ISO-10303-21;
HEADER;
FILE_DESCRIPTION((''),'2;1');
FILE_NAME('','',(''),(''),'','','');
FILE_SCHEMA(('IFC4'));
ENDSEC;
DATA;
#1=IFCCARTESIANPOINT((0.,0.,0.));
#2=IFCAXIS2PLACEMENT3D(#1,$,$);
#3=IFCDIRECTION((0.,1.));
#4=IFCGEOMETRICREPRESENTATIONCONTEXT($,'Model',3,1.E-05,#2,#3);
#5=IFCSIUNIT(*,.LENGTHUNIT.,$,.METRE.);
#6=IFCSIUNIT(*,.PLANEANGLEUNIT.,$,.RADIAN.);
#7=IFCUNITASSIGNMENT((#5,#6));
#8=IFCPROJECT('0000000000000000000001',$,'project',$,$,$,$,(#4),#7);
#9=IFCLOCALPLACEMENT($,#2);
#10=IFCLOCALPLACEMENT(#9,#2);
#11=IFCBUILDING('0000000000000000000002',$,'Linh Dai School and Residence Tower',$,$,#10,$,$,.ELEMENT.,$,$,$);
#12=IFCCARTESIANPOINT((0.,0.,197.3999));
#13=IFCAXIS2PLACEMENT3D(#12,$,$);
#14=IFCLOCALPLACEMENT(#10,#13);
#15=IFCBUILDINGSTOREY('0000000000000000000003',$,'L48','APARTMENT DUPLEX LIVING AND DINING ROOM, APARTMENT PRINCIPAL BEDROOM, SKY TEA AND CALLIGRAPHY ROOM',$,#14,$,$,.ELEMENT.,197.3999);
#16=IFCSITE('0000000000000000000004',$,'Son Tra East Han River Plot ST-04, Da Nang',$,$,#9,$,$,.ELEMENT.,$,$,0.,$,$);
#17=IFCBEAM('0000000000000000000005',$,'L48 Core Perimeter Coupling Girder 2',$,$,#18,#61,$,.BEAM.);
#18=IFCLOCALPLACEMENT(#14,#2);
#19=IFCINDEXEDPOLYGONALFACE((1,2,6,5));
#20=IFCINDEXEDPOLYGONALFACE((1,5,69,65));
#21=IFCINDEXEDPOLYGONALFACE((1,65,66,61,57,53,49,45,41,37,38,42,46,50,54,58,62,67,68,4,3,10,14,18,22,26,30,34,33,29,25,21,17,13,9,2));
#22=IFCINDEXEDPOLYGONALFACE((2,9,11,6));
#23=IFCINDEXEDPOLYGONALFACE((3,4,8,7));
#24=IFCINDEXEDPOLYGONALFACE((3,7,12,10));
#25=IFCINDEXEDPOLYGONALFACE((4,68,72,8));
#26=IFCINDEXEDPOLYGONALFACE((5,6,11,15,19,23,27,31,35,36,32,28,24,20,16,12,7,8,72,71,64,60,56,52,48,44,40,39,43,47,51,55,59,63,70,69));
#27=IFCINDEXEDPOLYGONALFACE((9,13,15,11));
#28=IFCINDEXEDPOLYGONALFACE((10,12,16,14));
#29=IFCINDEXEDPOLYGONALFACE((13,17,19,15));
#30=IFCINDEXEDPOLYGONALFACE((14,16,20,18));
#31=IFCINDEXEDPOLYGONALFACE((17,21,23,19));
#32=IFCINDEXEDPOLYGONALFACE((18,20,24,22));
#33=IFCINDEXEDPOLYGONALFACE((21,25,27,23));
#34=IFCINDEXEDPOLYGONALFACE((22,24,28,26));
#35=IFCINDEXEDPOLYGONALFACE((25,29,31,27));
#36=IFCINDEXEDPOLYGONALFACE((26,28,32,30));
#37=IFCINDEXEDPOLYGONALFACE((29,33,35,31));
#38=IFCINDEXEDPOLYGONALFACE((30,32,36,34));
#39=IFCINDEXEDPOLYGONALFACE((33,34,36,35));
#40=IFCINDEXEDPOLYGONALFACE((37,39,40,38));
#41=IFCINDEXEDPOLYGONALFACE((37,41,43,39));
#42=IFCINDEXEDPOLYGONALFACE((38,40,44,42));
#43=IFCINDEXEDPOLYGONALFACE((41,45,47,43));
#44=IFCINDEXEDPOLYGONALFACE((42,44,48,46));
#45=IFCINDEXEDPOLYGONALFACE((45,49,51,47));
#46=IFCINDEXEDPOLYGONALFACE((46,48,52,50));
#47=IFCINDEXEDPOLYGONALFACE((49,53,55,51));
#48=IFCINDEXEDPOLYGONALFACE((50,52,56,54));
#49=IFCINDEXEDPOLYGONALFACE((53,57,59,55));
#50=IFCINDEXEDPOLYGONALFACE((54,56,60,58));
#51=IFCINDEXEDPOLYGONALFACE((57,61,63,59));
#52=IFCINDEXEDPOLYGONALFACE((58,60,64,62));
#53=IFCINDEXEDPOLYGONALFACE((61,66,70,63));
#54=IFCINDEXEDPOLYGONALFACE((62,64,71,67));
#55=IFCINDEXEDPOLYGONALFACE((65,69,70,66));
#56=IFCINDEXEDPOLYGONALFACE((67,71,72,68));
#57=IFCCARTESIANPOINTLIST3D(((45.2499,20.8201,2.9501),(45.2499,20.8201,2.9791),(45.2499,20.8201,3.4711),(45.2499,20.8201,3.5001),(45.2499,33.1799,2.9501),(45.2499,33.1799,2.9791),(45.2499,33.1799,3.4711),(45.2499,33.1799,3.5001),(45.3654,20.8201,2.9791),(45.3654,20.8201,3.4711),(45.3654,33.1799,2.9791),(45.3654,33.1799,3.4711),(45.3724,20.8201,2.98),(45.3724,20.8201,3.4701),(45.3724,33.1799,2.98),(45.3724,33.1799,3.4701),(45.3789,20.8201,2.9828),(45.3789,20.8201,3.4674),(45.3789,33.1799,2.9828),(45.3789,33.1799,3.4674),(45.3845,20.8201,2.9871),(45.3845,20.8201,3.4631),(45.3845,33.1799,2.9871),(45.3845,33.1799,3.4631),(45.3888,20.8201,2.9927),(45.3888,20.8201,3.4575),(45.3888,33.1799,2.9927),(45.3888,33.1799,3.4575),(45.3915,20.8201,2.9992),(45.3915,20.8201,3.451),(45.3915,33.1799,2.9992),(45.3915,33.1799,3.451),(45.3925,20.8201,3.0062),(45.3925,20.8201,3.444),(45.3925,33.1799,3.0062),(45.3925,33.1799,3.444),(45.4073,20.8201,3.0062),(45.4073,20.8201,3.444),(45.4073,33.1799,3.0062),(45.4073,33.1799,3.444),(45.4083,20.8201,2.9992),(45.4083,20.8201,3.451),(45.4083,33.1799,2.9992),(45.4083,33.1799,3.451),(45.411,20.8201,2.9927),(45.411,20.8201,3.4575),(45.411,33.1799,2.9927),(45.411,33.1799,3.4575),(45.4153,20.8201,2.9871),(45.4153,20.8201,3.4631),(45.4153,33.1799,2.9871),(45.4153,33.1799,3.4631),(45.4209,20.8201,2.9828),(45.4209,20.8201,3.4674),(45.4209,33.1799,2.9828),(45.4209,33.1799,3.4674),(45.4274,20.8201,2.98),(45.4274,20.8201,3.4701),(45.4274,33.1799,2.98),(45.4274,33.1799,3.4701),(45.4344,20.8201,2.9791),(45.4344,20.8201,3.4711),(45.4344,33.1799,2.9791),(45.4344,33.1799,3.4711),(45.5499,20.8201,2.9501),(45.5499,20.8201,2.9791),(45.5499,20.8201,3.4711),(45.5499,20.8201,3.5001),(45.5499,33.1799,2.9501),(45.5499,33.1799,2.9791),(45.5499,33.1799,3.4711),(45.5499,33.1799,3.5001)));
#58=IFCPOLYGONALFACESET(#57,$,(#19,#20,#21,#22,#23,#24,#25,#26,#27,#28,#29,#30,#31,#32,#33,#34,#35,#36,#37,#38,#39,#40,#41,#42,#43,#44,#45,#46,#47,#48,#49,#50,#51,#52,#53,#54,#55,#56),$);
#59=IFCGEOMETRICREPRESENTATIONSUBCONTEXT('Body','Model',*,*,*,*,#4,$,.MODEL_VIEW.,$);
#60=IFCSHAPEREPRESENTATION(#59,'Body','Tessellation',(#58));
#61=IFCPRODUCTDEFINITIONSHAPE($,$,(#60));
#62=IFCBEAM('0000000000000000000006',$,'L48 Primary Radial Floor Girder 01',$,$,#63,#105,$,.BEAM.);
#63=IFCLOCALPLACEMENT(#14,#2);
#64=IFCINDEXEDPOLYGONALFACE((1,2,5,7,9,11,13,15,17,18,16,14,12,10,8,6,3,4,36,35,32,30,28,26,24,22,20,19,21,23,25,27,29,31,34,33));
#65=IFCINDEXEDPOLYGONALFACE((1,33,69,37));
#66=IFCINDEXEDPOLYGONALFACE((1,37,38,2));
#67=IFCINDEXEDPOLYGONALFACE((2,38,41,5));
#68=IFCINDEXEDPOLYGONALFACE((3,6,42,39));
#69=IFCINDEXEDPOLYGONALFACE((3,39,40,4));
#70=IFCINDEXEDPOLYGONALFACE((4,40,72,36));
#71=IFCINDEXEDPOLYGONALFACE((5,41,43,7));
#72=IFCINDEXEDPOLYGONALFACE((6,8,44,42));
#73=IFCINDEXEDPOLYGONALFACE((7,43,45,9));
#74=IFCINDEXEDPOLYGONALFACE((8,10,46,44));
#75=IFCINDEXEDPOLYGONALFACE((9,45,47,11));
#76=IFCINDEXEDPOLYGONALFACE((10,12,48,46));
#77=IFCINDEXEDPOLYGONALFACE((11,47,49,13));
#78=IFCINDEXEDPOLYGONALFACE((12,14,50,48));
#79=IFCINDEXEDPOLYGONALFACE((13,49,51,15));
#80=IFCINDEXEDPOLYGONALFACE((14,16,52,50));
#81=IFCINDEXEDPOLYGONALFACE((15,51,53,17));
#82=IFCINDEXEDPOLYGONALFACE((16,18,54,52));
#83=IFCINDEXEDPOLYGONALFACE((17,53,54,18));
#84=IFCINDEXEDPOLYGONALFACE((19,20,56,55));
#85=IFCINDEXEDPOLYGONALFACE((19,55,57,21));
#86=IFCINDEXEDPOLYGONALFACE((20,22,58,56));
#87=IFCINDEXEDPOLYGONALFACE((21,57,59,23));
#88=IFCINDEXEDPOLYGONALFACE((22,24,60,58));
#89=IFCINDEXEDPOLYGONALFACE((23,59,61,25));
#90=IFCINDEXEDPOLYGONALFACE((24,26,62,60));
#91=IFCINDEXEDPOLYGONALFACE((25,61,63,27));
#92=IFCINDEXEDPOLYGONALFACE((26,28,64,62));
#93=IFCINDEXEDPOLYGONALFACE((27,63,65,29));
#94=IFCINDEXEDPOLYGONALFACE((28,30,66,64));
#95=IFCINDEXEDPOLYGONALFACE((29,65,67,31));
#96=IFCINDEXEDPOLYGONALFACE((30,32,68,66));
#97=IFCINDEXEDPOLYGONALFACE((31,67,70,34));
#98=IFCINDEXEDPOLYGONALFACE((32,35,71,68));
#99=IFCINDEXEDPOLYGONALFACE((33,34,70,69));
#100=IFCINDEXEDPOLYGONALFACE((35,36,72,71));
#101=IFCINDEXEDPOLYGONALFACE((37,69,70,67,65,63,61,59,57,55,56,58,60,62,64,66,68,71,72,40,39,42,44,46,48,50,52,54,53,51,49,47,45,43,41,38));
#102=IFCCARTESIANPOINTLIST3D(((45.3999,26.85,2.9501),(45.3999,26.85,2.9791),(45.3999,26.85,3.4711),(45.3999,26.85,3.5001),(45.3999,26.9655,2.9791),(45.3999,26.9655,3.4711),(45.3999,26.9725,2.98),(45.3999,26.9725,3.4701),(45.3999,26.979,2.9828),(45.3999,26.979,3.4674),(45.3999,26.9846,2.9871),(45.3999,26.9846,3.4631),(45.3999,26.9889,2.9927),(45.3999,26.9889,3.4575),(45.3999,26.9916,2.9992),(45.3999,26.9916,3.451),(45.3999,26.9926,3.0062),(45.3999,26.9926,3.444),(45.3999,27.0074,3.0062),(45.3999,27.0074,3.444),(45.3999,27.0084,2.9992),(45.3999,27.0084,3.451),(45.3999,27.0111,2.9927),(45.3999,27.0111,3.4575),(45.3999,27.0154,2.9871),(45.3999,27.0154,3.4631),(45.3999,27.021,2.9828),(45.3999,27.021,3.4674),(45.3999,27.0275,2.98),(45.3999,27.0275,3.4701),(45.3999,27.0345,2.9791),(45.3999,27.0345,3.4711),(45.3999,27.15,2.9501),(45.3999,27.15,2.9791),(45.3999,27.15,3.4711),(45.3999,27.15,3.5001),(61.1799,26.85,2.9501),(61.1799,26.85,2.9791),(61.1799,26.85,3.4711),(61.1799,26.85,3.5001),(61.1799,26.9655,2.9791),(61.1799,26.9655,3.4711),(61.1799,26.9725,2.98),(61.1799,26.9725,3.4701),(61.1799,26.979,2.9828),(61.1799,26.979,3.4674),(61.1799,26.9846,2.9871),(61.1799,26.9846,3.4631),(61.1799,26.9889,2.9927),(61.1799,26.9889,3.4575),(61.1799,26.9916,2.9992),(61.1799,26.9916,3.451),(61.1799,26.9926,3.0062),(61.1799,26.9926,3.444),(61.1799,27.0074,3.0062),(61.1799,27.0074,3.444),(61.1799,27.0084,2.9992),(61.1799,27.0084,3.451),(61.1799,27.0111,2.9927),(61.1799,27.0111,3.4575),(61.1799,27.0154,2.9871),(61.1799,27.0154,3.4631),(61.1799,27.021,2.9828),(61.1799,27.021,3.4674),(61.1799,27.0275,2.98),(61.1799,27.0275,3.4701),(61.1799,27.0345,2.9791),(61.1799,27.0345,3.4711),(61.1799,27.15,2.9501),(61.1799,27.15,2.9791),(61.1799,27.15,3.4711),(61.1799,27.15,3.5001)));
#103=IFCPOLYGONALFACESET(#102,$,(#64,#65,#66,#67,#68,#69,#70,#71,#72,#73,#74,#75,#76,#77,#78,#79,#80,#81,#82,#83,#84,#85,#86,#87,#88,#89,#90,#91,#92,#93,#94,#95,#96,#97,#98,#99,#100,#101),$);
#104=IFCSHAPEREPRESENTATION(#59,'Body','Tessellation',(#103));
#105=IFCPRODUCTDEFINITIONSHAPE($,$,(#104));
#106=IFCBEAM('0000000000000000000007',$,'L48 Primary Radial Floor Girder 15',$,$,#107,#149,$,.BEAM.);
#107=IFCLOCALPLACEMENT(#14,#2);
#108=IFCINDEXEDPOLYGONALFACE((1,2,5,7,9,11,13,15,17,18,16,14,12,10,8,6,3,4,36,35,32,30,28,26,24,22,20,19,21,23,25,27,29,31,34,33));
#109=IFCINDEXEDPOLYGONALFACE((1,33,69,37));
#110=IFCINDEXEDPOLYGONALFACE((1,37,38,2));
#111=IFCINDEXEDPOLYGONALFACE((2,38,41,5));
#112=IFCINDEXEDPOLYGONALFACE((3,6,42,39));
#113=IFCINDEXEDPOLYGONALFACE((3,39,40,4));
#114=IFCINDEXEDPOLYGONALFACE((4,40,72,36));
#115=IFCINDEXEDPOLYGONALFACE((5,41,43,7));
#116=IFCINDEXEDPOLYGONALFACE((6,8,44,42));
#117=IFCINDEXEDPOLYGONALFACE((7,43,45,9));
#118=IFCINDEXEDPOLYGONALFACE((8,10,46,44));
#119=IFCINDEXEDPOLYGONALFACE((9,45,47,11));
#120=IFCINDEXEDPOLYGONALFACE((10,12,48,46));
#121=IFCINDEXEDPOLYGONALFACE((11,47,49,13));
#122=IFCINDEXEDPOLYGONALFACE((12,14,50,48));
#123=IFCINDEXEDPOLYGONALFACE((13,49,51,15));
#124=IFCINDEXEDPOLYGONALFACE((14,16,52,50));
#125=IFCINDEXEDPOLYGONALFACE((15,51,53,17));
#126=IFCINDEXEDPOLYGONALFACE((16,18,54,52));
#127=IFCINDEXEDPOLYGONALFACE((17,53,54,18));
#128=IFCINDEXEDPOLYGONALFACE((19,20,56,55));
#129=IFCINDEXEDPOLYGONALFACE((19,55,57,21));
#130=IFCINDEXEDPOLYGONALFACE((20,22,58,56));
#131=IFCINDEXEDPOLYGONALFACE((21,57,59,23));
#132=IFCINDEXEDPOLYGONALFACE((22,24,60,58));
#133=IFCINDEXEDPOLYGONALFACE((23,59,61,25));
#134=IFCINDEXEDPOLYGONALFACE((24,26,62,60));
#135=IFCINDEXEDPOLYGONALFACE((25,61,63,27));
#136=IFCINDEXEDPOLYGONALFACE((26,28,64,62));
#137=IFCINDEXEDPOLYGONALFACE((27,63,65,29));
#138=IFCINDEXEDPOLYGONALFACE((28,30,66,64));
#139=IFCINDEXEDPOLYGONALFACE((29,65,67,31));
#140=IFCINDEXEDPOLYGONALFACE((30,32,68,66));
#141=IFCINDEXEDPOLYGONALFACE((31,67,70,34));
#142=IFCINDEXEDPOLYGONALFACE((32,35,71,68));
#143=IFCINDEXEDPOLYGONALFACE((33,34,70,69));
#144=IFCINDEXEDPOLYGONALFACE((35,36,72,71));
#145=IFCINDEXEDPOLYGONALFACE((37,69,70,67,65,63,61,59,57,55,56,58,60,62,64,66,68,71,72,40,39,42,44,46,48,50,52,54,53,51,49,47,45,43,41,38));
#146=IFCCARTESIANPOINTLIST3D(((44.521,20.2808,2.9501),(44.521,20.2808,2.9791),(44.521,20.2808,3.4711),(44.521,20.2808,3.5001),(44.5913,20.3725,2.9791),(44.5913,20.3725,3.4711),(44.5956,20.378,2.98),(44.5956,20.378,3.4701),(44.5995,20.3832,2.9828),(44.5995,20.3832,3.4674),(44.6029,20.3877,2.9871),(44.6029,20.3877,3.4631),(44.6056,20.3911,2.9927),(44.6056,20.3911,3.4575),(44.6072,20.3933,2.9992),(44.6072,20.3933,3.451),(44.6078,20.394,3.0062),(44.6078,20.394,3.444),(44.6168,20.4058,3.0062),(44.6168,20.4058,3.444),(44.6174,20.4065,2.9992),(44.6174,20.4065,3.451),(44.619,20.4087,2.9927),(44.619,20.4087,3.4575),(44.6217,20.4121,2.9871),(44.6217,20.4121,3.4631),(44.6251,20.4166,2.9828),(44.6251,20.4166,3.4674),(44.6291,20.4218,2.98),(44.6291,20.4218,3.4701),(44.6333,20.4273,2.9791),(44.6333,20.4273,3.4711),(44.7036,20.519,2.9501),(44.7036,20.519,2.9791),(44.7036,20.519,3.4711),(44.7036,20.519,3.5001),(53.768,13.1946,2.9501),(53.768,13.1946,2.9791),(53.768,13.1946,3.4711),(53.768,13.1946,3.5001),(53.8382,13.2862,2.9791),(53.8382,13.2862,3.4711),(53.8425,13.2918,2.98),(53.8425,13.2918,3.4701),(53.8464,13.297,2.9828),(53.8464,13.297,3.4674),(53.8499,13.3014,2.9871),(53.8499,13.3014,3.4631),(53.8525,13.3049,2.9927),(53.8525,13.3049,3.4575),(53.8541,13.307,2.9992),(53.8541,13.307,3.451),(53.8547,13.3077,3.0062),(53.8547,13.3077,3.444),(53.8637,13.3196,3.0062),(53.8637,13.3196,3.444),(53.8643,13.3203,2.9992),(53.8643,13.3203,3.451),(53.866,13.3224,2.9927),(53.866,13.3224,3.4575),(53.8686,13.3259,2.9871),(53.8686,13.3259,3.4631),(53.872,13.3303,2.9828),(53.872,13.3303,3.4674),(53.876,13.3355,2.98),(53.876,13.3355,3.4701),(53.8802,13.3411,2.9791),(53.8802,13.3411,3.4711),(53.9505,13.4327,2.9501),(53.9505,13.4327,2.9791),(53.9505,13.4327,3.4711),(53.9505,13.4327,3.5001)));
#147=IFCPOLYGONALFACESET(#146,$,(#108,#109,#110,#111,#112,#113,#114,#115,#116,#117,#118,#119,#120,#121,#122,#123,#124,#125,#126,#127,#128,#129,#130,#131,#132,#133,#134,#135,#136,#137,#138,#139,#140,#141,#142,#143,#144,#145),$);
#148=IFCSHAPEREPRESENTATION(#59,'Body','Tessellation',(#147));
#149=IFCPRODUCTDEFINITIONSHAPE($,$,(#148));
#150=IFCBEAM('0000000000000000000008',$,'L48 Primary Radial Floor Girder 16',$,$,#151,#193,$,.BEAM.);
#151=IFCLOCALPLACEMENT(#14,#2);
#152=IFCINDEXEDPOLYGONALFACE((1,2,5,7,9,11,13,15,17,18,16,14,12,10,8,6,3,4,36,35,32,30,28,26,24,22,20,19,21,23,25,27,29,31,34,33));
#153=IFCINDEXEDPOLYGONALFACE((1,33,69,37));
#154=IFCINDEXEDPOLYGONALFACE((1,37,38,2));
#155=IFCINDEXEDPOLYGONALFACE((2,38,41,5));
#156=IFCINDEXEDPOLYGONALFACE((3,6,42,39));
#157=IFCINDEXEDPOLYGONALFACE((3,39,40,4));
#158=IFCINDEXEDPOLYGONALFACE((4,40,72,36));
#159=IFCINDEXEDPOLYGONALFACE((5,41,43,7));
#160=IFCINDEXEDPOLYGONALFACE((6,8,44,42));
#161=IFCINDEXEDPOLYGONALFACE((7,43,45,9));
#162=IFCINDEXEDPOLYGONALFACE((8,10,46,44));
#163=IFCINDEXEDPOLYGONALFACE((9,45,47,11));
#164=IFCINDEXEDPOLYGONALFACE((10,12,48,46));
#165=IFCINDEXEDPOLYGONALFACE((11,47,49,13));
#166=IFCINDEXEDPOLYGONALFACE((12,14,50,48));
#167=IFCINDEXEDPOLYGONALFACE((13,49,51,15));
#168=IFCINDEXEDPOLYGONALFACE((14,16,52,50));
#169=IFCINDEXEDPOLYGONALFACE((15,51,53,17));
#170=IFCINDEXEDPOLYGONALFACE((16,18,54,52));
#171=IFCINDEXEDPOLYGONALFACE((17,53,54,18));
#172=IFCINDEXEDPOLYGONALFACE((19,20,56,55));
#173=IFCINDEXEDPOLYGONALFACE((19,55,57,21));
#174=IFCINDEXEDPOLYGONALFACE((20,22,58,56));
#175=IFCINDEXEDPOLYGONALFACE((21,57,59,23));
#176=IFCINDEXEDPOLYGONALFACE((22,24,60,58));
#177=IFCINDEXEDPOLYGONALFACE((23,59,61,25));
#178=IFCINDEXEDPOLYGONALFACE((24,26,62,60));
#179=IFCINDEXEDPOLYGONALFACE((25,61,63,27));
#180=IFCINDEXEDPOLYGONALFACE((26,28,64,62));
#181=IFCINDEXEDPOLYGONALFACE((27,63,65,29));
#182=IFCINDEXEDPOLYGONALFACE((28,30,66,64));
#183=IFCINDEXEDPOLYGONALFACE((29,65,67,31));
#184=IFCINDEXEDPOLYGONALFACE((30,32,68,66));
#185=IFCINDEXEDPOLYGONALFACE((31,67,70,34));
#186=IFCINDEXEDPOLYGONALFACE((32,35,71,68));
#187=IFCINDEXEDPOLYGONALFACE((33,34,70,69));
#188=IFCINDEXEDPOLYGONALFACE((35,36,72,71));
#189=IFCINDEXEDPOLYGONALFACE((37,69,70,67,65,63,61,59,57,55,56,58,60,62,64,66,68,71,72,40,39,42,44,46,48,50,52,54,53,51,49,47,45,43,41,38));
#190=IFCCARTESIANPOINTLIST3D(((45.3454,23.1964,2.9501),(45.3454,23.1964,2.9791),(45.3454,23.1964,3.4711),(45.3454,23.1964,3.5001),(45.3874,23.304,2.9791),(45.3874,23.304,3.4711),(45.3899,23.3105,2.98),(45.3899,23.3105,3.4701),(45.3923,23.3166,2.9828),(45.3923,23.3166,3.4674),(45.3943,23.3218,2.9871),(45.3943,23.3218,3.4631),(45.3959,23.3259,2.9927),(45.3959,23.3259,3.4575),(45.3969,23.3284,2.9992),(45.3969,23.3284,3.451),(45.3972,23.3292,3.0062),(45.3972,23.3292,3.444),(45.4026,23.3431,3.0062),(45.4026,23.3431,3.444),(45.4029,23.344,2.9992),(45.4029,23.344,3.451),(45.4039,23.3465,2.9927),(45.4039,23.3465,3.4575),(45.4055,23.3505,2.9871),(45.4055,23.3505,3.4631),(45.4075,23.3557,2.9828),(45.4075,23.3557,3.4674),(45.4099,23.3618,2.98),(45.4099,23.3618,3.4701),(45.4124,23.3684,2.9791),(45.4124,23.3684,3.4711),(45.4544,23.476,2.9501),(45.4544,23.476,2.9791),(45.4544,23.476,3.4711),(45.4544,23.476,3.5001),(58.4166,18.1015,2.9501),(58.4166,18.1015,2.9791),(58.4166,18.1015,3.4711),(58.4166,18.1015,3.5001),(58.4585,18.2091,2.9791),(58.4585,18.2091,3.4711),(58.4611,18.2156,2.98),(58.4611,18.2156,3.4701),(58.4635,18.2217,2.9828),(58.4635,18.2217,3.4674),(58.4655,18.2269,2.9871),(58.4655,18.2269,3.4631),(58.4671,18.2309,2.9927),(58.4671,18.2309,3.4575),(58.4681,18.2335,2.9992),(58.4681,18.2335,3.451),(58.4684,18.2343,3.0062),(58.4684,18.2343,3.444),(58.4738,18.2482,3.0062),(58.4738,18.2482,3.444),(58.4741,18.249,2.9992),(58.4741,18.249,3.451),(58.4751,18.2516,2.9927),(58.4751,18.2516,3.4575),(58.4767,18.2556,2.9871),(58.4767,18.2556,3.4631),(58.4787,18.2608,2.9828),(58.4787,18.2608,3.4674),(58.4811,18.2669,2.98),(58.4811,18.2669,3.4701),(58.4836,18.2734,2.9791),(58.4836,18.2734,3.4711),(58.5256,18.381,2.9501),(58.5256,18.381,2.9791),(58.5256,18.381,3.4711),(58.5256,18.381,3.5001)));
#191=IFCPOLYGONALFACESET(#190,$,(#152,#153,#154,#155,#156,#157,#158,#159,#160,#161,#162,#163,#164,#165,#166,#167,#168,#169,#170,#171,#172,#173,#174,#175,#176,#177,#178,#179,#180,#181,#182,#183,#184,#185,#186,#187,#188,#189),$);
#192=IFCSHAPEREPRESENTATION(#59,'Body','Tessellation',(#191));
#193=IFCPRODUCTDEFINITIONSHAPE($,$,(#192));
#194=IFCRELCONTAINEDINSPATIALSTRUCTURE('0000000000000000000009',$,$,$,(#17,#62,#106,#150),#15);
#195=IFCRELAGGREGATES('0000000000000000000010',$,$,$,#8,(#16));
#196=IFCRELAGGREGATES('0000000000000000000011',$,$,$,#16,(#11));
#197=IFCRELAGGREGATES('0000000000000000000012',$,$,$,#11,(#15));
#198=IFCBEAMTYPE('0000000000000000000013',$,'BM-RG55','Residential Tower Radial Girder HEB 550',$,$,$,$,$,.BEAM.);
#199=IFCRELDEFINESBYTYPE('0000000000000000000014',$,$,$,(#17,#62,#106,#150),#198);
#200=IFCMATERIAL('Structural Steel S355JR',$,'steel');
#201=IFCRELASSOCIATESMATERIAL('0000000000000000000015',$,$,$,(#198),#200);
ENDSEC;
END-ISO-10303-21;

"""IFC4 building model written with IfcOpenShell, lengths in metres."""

from ifc_helpers import new_model, si_unit, direction, frame, origin, origin_2d, place, context, subcontext, project, spatial, i_section, extrude, material, material_profile, profile_set, type_object, element, save


model = new_model("IFC4")

# Units and contexts
model_context = context("Model", 3, precision=1e-05, world=origin(), true_north=direction((0.0, 1.0)))
body_context = subcontext(model_context, "Body", "Model", "MODEL_VIEW")
ifc_project = project(units=[si_unit("LENGTHUNIT", "METRE"), si_unit("PLANEANGLEUNIT", "RADIAN")], contexts=[model_context])

# Site, building, storey
site_placement = place(None, origin())
site = spatial("IfcSite", under=ifc_project, at=site_placement, Name="Son Tra East Han River Plot ST-04, Da Nang", CompositionType="ELEMENT", RefElevation=0.0)
building_placement = place(site_placement, origin())
building = spatial("IfcBuilding", under=site, at=building_placement, Name="Linh Dai School and Residence Tower", CompositionType="ELEMENT")
storey_placement = place(building_placement, frame((0.0, 0.0, 197.3999)))
storey = spatial("IfcBuildingStorey", under=building, at=storey_placement, Name="L48", Description="APARTMENT DUPLEX LIVING AND DINING ROOM, APARTMENT PRINCIPAL BEDROOM, SKY TEA AND CALLIGRAPHY ROOM", CompositionType="ELEMENT", Elevation=197.3999)

# Shared definitions
ifc_material_1 = material(Name="Structural Steel S355JR", Category="steel")

# Beams
ifc_material_profile_1 = material_profile(ifc_material_1, i_section(OverallWidth=0.3, OverallDepth=0.55, WebThickness=0.0149, FlangeThickness=0.0291, FilletRadius=0.0271, at=origin_2d()), Name="HEB 550")
ifc_profile_set_1 = profile_set([ifc_material_profile_1], Name="Structural Steel S355JR")
beam_type_1 = type_object("IfcBeamType", Name="BM-RG55", Description="Residential Tower Radial Girder HEB 550", PredefinedType="BEAM", material=ifc_profile_set_1)
beam_1_placement = place(storey_placement, frame((45.3999, 20.8201, 3.2251), z_axis=(0.0, 1.0, 0.0), x_axis=(-1.0, 0.0, 0.0)))
element("IfcBeam", 1, at=beam_1_placement, inside=storey, type_object=beam_type_1, Name="L48 Core Perimeter Coupling Girder 2", PredefinedType="BEAM", context=body_context, shape_type="SweptSolid", body=[
    extrude(i_section(OverallWidth=0.3, OverallDepth=0.55, WebThickness=0.0149, FlangeThickness=0.0291, FilletRadius=0.0271, at=origin_2d()), origin(), (0.0, 0.0, 1.0), 12.3599),
])
beam_2_placement = place(storey_placement, frame((45.3999, 27.0, 3.2251), z_axis=(1.0, 0.0, 0.0), x_axis=(0.0, 1.0, 0.0)))
element("IfcBeam", 2, at=beam_2_placement, inside=storey, type_object=beam_type_1, Name="L48 Primary Radial Floor Girder 01", PredefinedType="BEAM", context=body_context, shape_type="SweptSolid", body=[
    extrude(i_section(OverallWidth=0.3, OverallDepth=0.55, WebThickness=0.0149, FlangeThickness=0.0291, FilletRadius=0.0271, at=origin_2d()), origin(), (0.0, 0.0, 1.0), 15.78),
])
beam_3_placement = place(storey_placement, frame((44.6123, 20.3999, 3.2251), z_axis=(0.793733, -0.608267, 0.0), x_axis=(0.608267, 0.793733, 0.0)))
element("IfcBeam", 3, at=beam_3_placement, inside=storey, type_object=beam_type_1, Name="L48 Primary Radial Floor Girder 15", PredefinedType="BEAM", context=body_context, shape_type="SweptSolid", body=[
    extrude(i_section(OverallWidth=0.3, OverallDepth=0.55, WebThickness=0.0149, FlangeThickness=0.0291, FilletRadius=0.0271, at=origin_2d()), origin(), (0.0, 0.0, 1.0), 11.6499),
])
beam_4_placement = place(storey_placement, frame((45.3999, 23.3362, 3.2251), z_axis=(0.931723, -0.36317, 0.0), x_axis=(0.36317, 0.931723, 0.0)))
element("IfcBeam", 4, at=beam_4_placement, inside=storey, type_object=beam_type_1, Name="L48 Primary Radial Floor Girder 16", PredefinedType="BEAM", context=body_context, shape_type="SweptSolid", body=[
    extrude(i_section(OverallWidth=0.3, OverallDepth=0.55, WebThickness=0.0149, FlangeThickness=0.0291, FilletRadius=0.0271, at=origin_2d()), origin(), (0.0, 0.0, 1.0), 14.0291),
])

save(model, "model.ifc")
